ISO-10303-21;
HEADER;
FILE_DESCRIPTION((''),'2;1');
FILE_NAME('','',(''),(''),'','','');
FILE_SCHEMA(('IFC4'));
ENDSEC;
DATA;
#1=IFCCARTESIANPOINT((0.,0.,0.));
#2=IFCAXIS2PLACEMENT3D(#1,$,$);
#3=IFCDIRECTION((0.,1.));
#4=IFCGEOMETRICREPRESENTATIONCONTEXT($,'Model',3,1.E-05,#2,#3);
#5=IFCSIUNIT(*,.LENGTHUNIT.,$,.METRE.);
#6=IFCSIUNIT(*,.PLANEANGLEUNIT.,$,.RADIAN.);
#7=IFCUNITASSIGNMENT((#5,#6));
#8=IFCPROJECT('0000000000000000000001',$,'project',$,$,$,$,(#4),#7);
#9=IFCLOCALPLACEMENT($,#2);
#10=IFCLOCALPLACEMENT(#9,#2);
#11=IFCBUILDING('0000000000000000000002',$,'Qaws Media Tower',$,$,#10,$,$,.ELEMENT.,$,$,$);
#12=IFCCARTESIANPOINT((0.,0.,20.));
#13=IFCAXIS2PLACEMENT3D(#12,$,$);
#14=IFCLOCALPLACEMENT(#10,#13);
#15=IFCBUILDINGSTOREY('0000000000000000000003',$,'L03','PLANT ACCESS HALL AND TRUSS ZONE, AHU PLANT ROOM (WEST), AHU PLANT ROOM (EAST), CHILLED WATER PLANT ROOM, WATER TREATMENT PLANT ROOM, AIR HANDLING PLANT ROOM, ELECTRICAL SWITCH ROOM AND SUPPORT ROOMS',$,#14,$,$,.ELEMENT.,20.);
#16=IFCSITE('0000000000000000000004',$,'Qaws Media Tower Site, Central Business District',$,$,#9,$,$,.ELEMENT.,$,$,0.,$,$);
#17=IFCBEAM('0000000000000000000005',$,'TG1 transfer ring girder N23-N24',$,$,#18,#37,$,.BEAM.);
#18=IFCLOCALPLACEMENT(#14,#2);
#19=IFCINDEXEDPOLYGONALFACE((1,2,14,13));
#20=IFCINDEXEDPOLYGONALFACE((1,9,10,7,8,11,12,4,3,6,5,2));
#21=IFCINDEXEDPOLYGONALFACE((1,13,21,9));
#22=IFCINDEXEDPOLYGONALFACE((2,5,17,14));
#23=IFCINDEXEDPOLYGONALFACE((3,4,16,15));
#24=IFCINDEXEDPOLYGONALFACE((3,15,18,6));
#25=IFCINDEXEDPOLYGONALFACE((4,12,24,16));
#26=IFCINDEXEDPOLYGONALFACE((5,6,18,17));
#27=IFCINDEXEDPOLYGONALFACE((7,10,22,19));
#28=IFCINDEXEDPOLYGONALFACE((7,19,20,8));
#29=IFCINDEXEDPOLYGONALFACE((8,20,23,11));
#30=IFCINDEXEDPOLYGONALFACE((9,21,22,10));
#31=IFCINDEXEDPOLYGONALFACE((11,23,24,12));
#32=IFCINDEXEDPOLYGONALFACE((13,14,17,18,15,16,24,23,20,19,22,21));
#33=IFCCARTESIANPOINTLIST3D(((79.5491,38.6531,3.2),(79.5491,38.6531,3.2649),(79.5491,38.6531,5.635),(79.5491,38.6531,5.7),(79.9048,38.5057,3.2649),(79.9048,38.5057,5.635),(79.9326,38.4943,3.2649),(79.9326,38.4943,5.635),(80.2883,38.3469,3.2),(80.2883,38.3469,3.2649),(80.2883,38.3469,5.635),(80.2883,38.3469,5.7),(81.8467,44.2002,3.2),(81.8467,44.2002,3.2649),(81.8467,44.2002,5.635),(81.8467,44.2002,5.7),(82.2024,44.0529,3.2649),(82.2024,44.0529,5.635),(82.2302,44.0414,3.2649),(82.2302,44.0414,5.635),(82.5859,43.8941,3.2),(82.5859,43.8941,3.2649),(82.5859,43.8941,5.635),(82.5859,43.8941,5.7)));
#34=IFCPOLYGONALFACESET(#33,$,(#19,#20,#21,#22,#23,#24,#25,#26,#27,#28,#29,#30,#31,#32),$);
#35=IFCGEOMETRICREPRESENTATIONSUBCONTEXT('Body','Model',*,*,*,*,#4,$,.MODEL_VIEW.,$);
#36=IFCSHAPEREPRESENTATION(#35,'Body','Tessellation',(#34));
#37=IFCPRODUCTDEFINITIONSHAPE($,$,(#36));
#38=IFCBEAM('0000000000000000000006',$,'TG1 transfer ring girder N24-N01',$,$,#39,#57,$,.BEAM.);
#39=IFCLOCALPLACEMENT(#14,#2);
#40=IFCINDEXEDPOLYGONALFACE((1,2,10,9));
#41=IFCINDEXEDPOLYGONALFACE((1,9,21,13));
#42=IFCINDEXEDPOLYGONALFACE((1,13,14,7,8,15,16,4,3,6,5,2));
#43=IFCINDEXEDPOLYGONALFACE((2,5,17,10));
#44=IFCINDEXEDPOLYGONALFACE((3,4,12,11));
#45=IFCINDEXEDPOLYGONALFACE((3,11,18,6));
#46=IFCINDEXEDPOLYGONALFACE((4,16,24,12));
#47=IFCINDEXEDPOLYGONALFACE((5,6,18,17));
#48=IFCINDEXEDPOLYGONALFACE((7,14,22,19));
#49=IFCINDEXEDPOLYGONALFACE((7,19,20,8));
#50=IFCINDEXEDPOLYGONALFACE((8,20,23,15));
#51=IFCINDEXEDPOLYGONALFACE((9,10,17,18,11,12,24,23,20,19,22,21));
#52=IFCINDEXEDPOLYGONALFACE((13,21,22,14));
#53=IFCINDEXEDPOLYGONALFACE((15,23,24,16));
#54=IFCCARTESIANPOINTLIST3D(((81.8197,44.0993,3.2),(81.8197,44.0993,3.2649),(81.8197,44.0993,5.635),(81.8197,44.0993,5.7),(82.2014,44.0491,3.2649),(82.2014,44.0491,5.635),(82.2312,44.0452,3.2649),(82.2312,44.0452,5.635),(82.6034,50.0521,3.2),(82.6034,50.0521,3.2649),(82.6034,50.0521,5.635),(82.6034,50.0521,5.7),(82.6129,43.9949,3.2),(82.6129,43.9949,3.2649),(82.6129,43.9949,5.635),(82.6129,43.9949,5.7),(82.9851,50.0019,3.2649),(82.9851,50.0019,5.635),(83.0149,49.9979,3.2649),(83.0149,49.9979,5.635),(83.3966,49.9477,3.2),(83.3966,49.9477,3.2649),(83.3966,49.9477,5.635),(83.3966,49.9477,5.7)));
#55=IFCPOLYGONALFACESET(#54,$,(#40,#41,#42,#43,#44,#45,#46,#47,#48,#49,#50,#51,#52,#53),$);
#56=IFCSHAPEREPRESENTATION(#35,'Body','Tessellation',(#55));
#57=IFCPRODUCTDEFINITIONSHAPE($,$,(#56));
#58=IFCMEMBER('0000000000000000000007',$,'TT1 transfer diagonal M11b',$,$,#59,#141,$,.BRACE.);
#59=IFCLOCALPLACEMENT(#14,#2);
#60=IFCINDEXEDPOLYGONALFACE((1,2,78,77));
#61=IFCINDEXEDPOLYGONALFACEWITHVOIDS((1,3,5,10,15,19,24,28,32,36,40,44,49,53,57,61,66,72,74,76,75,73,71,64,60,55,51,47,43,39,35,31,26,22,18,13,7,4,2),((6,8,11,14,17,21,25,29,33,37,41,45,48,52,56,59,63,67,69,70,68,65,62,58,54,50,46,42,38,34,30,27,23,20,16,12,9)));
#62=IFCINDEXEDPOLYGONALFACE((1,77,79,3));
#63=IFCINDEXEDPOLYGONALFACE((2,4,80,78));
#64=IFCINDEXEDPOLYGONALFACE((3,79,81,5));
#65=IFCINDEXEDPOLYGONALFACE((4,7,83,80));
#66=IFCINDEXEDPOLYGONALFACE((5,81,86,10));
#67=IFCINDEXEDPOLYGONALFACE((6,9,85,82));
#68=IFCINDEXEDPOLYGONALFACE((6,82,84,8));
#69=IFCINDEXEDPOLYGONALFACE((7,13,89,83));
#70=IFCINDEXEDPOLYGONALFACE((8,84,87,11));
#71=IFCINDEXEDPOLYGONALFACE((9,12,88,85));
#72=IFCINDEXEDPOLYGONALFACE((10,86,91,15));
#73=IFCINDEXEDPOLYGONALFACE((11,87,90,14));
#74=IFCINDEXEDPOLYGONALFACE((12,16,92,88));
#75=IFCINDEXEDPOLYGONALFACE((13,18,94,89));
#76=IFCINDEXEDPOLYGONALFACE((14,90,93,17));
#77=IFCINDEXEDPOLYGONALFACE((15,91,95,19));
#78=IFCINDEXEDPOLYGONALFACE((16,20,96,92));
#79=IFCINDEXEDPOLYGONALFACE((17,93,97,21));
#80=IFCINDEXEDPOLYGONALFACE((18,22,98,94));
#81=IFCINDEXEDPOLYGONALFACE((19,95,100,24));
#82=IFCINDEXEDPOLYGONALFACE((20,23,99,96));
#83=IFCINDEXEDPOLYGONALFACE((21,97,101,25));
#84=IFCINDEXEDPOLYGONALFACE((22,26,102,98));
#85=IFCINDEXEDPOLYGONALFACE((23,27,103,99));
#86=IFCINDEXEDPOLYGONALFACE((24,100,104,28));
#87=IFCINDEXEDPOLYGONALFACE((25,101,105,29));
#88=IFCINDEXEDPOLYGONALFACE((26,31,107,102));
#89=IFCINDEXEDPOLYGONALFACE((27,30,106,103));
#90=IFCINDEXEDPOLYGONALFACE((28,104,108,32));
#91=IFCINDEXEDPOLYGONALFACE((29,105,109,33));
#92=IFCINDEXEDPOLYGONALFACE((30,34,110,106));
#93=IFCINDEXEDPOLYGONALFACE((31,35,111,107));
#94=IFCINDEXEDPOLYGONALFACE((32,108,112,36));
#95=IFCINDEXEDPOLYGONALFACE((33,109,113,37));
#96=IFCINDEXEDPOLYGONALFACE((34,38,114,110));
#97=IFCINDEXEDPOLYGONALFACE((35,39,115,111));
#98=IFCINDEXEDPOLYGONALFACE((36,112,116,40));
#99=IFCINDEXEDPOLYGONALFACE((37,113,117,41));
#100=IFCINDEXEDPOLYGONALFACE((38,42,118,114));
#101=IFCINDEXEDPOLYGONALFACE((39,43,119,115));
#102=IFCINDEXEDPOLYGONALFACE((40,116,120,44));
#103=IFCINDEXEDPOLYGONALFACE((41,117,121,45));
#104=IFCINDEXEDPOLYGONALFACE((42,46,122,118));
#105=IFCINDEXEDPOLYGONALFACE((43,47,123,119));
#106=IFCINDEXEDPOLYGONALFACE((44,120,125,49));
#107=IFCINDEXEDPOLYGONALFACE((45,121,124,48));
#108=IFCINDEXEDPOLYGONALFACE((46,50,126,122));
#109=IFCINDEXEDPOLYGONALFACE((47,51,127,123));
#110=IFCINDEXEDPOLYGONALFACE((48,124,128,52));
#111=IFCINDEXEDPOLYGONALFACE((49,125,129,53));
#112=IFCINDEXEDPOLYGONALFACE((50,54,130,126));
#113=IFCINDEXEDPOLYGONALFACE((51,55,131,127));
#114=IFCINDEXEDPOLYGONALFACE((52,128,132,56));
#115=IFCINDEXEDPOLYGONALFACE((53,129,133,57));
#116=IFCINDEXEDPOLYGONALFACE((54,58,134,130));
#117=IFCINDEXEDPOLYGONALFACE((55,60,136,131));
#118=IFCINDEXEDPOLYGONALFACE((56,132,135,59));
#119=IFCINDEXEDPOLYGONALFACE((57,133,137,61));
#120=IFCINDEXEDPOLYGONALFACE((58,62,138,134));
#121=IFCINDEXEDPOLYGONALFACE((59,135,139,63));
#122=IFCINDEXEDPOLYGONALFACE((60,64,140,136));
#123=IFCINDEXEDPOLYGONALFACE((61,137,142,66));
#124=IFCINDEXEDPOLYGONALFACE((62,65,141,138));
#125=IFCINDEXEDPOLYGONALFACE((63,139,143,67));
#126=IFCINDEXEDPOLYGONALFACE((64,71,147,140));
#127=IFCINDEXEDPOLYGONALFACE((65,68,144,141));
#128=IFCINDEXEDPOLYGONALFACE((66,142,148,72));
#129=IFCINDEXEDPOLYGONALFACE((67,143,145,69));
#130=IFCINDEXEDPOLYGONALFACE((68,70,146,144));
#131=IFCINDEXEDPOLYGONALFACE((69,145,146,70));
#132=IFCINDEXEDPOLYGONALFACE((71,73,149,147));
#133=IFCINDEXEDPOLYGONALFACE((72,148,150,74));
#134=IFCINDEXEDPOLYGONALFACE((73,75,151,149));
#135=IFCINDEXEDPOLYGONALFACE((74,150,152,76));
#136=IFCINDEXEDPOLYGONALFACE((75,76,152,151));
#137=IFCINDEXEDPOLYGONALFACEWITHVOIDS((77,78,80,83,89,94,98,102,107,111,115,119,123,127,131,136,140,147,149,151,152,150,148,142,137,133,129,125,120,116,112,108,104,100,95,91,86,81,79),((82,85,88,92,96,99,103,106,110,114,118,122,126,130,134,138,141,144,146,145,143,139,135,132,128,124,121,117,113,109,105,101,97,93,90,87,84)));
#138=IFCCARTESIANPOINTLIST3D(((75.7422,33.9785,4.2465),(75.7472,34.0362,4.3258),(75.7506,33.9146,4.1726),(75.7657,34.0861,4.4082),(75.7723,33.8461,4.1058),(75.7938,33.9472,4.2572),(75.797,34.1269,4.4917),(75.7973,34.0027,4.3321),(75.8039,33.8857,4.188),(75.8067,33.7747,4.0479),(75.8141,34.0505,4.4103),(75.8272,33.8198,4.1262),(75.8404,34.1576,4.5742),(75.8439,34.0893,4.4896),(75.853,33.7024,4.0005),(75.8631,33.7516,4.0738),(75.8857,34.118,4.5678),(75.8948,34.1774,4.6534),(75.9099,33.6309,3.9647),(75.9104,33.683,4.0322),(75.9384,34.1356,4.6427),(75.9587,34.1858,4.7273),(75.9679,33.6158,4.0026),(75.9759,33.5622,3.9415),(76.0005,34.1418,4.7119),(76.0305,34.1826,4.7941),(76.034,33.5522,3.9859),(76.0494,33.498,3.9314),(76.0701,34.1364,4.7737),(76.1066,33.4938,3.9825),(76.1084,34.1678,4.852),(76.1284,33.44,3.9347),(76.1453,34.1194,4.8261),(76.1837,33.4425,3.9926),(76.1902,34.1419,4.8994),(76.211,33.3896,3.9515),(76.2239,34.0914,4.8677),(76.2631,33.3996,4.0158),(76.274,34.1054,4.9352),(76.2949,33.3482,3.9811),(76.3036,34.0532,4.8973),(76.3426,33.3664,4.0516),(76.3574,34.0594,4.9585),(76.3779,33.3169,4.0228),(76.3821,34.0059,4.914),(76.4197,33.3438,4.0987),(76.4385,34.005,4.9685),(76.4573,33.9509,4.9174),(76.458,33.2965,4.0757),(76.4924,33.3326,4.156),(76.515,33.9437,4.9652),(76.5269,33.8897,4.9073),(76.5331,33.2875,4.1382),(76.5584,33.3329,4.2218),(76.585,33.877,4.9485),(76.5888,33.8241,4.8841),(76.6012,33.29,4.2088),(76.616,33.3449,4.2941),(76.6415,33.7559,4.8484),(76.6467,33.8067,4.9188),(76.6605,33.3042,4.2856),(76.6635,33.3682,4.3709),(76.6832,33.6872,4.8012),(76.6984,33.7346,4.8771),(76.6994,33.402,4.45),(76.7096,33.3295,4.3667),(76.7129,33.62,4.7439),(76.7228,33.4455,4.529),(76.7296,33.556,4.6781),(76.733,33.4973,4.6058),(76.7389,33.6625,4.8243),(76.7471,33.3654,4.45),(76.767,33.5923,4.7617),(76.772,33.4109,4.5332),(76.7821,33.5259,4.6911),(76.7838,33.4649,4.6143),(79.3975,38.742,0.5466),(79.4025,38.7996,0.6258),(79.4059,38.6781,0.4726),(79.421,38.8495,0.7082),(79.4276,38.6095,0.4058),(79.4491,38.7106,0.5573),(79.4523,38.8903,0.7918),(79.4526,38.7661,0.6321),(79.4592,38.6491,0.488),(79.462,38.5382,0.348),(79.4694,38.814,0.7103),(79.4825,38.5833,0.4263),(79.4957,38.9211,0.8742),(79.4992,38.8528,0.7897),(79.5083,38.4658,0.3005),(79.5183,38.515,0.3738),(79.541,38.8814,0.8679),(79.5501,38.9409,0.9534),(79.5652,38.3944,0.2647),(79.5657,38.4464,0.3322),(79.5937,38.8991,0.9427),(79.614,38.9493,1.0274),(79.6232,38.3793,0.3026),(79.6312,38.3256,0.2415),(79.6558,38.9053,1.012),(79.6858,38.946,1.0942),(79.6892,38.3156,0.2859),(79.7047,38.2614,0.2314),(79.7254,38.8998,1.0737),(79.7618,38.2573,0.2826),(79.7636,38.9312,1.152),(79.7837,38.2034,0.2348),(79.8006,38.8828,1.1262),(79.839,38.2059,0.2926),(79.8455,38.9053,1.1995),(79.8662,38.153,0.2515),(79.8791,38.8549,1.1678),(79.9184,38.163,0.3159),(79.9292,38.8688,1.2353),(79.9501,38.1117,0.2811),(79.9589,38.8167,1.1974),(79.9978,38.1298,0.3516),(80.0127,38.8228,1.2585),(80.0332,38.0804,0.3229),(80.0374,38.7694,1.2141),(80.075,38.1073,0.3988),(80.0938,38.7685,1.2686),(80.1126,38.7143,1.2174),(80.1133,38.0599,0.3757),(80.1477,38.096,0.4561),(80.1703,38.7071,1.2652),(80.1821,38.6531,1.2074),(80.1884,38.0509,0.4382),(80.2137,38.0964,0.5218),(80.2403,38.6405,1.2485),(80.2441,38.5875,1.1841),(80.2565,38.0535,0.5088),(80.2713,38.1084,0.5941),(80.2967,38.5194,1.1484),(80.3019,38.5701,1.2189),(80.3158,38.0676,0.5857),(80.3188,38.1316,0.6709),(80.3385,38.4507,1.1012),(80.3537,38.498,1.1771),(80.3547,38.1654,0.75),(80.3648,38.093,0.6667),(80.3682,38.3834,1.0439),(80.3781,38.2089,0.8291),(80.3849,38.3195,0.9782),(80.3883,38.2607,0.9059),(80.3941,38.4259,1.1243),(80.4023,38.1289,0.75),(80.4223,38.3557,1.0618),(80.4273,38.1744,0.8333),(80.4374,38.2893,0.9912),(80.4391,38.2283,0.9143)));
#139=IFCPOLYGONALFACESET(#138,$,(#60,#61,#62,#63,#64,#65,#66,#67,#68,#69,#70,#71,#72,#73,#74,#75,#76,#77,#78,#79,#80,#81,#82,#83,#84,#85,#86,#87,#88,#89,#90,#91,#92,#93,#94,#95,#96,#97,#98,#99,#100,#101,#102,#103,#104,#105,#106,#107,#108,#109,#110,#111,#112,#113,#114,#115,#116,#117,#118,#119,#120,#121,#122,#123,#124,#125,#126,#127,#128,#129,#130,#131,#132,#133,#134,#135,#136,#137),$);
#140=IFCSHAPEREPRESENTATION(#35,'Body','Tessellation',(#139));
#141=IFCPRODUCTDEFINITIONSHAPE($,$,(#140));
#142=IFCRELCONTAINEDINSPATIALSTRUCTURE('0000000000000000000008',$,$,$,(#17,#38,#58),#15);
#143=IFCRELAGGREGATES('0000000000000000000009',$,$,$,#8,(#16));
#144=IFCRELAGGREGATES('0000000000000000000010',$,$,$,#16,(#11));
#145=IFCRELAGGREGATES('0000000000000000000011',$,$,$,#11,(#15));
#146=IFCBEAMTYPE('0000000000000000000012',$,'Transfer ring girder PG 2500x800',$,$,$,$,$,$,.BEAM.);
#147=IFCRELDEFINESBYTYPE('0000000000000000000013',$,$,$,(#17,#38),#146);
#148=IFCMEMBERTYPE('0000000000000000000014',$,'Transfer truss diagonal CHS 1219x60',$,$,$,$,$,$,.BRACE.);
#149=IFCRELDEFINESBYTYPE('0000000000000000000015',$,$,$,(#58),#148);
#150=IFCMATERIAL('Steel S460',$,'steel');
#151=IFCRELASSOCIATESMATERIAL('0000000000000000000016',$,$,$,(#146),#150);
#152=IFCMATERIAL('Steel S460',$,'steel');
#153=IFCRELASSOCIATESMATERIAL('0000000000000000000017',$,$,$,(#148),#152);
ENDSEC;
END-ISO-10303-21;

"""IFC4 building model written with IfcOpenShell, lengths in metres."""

from ifc_helpers import new_model, si_unit, direction, frame, origin, origin_2d, place, context, subcontext, project, spatial, hollow_circle, i_section, extrude, material, material_profile, profile_set, type_object, element, save


model = new_model("IFC4")

# Units and contexts
model_context = context("Model", 3, precision=1e-05, world=origin(), true_north=direction((0.0, 1.0)))
body_context = subcontext(model_context, "Body", "Model", "MODEL_VIEW")
ifc_project = project(units=[si_unit("LENGTHUNIT", "METRE"), si_unit("PLANEANGLEUNIT", "RADIAN")], contexts=[model_context])

# Site, building, storey
site_placement = place(None, origin())
site = spatial("IfcSite", under=ifc_project, at=site_placement, Name="Qaws Media Tower Site, Central Business District", CompositionType="ELEMENT", RefElevation=0.0)
building_placement = place(site_placement, origin())
building = spatial("IfcBuilding", under=site, at=building_placement, Name="Qaws Media Tower", CompositionType="ELEMENT")
storey_placement = place(building_placement, frame((0.0, 0.0, 20.0)))
storey = spatial("IfcBuildingStorey", under=building, at=storey_placement, Name="L03", Description="PLANT ACCESS HALL AND TRUSS ZONE, AHU PLANT ROOM (WEST), AHU PLANT ROOM (EAST), CHILLED WATER PLANT ROOM, WATER TREATMENT PLANT ROOM, AIR HANDLING PLANT ROOM, ELECTRICAL SWITCH ROOM AND SUPPORT ROOMS", CompositionType="ELEMENT", Elevation=20.0)

# Beams
ifc_material_1 = material(Name="Steel S460", Category="steel")
ifc_material_profile_1 = material_profile(ifc_material_1, i_section(OverallWidth=0.8, OverallDepth=2.5, WebThickness=0.03, FlangeThickness=0.0649, at=origin_2d()), Name="PG 2500x800")
ifc_profile_set_1 = profile_set([ifc_material_profile_1], Name="Steel S460")
beam_type_1 = type_object("IfcBeamType", Name="Transfer ring girder PG 2500x800", PredefinedType="BEAM", material=ifc_profile_set_1)
for number, where, z_axis, x_axis, name in (
    (1, (79.9187, 38.5, 4.45), (0.382671, 0.923885, 0.0), (-0.923885, 0.382671, 0.0), "TG1 transfer ring girder N23-N24"),
    (2, (82.2163, 44.0471, 4.45), (0.130523, 0.991445, 0.0), (-0.991445, 0.130523, 0.0), "TG1 transfer ring girder N24-N01"),
):
    element("IfcBeam", number, at=place(storey_placement, frame(where, z_axis=z_axis, x_axis=x_axis)), inside=storey, type_object=beam_type_1, Name=name, PredefinedType="BEAM", context=body_context, shape_type="SweptSolid", body=[
        extrude(i_section(OverallWidth=0.8, OverallDepth=2.5, WebThickness=0.03, FlangeThickness=0.0649, at=origin_2d()), origin(), (0.0, 0.0, 1.0), 6.0042),
    ])

# Member
ifc_material_2 = material(Name="Steel S460", Category="steel")
ifc_material_profile_2 = material_profile(ifc_material_2, hollow_circle(Radius=0.6096, WallThickness=0.0601, at=origin_2d()), Name="CHS 1219x60")
ifc_profile_set_2 = profile_set([ifc_material_profile_2], Name="Steel S460")
member_type_1 = type_object("IfcMemberType", Name="Transfer truss diagonal CHS 1219x60", PredefinedType="BRACE", material=ifc_profile_set_2)
member_1_placement = place(storey_placement, frame((79.9187, 38.5, 0.75), z_axis=(-0.518278, -0.675403, 0.524613), x_axis=(0.79334, -0.608779, 0.0)))
element("IfcMember", 3, at=member_1_placement, inside=storey, type_object=member_type_1, Name="TT1 transfer diagonal M11b", PredefinedType="BRACE", context=body_context, shape_type="SweptSolid", body=[
    extrude(hollow_circle(Radius=0.6096, WallThickness=0.0601, at=origin_2d()), origin(), (0.0, 0.0, 1.0), 7.0527),
])

save(model, "model.ifc")
